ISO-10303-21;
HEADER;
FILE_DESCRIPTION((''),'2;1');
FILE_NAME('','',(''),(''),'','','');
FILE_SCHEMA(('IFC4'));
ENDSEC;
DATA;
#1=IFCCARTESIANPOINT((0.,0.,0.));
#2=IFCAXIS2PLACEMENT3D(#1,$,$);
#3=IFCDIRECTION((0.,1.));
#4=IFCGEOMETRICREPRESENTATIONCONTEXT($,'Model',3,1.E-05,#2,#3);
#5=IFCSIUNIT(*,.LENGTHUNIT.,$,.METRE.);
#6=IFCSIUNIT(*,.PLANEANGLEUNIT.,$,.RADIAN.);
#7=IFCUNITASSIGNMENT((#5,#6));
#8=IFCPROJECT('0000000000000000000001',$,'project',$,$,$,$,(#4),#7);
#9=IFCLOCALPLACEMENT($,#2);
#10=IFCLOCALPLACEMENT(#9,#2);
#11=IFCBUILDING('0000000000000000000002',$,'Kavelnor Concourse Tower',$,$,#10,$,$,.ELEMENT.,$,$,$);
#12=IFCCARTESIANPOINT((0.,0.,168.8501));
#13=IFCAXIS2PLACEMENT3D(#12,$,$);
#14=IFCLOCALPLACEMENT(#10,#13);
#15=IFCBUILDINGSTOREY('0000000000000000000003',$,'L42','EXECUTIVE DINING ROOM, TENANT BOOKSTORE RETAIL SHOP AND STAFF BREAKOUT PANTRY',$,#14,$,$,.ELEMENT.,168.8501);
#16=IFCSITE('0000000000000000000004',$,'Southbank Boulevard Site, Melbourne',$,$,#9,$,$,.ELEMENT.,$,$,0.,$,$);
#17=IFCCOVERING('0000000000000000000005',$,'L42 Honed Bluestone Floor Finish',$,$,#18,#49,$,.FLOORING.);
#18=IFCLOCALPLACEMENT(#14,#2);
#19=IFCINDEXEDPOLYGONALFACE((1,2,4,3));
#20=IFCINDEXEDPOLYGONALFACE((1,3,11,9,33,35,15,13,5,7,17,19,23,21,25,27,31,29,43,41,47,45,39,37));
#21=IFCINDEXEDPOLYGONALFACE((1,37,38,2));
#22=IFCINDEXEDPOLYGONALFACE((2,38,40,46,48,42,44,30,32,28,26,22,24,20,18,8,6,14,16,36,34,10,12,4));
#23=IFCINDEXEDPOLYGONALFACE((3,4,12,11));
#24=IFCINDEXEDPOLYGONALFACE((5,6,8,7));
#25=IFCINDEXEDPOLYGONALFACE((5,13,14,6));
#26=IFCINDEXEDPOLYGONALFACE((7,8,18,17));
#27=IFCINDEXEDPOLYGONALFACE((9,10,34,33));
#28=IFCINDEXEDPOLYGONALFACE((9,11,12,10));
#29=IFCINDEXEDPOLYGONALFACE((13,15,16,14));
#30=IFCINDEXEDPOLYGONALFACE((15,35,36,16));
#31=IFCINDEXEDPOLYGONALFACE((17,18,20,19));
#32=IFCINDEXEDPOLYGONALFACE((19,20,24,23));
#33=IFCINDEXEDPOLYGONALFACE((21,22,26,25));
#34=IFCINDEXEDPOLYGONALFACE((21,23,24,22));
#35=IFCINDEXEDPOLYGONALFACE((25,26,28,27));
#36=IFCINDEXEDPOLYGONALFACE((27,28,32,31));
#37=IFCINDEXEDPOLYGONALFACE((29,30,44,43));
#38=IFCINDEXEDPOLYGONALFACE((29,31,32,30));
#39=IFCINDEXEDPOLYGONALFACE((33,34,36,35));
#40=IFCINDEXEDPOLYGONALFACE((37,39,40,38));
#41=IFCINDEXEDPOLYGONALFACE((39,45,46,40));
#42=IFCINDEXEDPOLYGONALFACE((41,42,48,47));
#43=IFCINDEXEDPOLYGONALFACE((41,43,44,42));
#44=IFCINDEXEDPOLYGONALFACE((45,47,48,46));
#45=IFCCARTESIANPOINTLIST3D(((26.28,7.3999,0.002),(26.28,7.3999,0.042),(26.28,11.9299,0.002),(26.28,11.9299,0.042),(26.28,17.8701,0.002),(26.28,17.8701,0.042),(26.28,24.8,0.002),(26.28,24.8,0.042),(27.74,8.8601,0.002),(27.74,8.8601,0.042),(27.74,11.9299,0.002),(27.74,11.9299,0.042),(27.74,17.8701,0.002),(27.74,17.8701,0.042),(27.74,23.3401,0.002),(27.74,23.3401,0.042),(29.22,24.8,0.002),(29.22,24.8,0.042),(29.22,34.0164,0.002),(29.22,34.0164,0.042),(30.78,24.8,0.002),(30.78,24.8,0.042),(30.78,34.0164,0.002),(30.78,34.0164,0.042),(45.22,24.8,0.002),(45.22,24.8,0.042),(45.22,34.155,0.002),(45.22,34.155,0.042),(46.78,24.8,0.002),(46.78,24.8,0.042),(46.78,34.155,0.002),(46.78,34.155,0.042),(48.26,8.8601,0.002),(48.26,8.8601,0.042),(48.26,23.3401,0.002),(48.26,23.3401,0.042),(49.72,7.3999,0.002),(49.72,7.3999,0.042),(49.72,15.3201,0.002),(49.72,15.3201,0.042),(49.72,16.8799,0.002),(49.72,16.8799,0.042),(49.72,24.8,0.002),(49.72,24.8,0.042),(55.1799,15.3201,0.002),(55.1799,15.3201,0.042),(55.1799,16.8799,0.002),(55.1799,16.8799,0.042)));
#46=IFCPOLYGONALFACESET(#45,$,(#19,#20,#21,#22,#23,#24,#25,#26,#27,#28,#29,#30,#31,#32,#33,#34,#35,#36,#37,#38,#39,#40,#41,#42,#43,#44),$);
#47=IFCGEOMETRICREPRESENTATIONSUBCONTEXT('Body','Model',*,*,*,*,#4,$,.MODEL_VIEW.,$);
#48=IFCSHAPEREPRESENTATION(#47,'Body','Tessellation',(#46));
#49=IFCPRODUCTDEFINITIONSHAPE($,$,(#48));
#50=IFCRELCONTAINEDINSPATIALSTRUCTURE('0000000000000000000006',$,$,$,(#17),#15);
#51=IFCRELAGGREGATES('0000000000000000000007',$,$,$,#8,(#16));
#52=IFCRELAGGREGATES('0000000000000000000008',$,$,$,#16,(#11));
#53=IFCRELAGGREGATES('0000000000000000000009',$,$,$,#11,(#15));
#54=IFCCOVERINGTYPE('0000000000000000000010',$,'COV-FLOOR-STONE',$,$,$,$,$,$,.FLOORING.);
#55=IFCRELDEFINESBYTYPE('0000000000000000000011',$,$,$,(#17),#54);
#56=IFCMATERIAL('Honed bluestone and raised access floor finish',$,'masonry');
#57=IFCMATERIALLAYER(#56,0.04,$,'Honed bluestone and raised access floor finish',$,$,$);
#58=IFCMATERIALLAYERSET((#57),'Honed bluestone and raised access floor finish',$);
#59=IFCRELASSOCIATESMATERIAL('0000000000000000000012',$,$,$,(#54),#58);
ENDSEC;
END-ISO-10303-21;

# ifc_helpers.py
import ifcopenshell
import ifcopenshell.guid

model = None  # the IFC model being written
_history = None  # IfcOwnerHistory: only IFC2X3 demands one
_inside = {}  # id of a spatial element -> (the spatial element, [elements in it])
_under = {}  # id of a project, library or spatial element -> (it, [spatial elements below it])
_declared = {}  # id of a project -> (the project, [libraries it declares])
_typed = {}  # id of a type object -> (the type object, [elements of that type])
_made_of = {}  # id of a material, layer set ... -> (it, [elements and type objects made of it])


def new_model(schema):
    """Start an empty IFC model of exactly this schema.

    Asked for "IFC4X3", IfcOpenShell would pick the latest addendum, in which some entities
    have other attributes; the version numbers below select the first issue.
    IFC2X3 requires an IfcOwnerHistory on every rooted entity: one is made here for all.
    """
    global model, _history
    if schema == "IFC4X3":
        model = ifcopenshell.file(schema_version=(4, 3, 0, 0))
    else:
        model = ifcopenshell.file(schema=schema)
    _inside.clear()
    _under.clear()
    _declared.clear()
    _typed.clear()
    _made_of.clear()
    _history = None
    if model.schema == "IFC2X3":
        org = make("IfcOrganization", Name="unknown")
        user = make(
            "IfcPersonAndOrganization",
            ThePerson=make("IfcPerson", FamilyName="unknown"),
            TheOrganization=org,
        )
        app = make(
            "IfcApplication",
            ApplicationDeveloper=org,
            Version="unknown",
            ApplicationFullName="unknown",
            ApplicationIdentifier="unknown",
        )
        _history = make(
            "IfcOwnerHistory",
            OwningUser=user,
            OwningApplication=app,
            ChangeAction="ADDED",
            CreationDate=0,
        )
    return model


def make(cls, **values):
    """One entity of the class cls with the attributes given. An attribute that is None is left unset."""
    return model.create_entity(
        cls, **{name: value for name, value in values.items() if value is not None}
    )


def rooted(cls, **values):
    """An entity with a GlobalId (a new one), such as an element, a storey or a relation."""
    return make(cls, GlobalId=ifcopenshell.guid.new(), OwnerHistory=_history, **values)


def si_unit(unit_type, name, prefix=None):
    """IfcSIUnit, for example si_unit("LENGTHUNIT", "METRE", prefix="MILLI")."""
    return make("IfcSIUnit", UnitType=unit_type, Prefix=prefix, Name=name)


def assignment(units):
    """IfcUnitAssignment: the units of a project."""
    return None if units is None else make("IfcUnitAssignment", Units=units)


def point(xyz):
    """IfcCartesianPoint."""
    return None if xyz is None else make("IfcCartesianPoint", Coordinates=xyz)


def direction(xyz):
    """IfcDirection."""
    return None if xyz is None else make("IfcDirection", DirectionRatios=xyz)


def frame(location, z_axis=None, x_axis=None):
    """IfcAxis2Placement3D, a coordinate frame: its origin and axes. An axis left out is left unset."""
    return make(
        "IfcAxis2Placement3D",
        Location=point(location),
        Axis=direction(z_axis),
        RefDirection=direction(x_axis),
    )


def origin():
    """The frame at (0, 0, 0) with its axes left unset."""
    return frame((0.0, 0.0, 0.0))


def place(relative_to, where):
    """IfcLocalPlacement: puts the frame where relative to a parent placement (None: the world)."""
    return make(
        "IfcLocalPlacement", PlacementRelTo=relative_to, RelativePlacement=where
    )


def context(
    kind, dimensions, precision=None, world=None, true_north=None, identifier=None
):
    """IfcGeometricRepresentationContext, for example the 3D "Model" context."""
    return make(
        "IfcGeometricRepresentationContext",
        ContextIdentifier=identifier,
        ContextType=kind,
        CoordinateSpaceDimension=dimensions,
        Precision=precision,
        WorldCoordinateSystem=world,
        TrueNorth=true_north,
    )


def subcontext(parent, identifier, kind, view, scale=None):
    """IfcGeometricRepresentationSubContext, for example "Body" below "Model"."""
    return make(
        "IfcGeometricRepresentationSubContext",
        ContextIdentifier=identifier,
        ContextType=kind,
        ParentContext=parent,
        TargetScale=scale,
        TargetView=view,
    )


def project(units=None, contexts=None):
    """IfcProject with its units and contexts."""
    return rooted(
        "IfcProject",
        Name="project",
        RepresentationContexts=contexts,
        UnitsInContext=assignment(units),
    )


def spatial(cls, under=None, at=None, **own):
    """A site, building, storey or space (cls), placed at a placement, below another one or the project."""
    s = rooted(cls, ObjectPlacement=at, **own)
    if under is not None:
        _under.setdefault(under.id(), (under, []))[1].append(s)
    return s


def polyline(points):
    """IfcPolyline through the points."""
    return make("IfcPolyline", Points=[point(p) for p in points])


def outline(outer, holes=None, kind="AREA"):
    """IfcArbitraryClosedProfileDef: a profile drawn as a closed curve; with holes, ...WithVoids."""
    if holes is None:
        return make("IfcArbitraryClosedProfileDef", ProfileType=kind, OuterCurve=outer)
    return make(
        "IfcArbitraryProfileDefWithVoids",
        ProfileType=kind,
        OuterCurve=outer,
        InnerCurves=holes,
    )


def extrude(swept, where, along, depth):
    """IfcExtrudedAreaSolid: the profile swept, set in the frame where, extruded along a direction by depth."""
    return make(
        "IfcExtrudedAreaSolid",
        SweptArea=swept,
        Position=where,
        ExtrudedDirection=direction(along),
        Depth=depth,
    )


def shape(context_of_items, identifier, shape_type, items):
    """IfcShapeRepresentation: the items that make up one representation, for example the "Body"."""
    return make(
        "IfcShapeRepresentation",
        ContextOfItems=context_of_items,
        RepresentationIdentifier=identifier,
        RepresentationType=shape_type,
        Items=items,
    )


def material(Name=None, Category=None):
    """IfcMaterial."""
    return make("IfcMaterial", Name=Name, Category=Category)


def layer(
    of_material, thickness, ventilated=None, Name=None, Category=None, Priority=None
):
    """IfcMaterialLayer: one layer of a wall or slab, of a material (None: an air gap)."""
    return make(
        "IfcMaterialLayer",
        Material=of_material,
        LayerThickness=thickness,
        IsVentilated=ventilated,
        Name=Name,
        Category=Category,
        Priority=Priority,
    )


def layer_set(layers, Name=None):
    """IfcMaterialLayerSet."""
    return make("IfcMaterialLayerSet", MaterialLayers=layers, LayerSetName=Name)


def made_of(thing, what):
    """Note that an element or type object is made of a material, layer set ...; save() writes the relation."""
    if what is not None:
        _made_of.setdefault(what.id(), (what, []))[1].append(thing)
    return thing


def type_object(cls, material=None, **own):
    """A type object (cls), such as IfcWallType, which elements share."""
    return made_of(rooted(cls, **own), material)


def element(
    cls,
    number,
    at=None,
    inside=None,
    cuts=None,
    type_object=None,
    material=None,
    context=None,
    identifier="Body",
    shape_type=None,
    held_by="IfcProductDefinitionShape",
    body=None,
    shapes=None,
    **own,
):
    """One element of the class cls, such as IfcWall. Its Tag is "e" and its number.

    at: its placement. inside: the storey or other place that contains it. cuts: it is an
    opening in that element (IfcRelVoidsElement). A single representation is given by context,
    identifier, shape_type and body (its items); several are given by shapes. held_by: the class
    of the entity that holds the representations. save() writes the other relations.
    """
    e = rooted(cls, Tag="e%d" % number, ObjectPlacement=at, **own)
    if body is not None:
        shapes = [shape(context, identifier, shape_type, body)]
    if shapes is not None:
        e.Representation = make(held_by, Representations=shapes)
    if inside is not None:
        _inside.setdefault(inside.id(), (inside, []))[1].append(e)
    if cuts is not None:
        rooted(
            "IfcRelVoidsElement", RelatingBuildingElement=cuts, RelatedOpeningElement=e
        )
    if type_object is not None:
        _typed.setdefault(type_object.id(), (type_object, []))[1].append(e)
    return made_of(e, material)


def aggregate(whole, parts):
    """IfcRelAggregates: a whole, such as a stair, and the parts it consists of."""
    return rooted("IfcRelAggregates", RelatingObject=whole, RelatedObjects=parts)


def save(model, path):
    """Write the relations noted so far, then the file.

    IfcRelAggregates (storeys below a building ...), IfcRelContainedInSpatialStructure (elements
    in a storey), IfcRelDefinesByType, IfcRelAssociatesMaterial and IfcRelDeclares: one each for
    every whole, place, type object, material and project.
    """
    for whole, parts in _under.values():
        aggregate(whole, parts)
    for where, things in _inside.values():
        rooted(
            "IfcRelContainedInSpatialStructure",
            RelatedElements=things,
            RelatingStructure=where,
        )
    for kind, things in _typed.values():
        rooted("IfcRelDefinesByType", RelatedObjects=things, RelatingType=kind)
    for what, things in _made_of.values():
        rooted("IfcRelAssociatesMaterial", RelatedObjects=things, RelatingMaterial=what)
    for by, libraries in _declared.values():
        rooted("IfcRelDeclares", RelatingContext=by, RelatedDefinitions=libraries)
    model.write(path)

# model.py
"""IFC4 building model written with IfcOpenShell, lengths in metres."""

from ifc_helpers import new_model, si_unit, direction, frame, origin, place, context, subcontext, project, spatial, polyline, outline, extrude, material, layer, layer_set, type_object, element, save


model = new_model("IFC4")

# Units and contexts
model_context = context("Model", 3, precision=1e-05, world=origin(), true_north=direction((0.0, 1.0)))
body_context = subcontext(model_context, "Body", "Model", "MODEL_VIEW")
ifc_project = project(units=[si_unit("LENGTHUNIT", "METRE"), si_unit("PLANEANGLEUNIT", "RADIAN")], contexts=[model_context])

# Site, building, storey
site_placement = place(None, origin())
site = spatial("IfcSite", under=ifc_project, at=site_placement, Name="Southbank Boulevard Site, Melbourne", CompositionType="ELEMENT", RefElevation=0.0)
building_placement = place(site_placement, origin())
building = spatial("IfcBuilding", under=site, at=building_placement, Name="Kavelnor Concourse Tower", CompositionType="ELEMENT")
storey_placement = place(building_placement, frame((0.0, 0.0, 168.8501)))
storey = spatial("IfcBuildingStorey", under=building, at=storey_placement, Name="L42", Description="EXECUTIVE DINING ROOM, TENANT BOOKSTORE RETAIL SHOP AND STAFF BREAKOUT PANTRY", CompositionType="ELEMENT", Elevation=168.8501)

# Covering
ifc_material_1 = material(Name="Honed bluestone and raised access floor finish", Category="masonry")
ifc_layer_1 = layer(ifc_material_1, 0.04, Name="Honed bluestone and raised access floor finish")
ifc_layer_set_1 = layer_set([ifc_layer_1], Name="Honed bluestone and raised access floor finish")
covering_type = type_object("IfcCoveringType", Name="COV-FLOOR-STONE", PredefinedType="FLOORING", material=ifc_layer_set_1)
covering_placement = place(storey_placement, frame((0.0, 0.0, 0.002)))
element("IfcCovering", 1, at=covering_placement, inside=storey, type_object=covering_type, Name="L42 Honed Bluestone Floor Finish", PredefinedType="FLOORING", context=body_context, shape_type="SweptSolid", body=[
    extrude(outline(polyline([(29.22, 24.8), (29.22, 34.0164), (30.78, 34.0164), (30.78, 24.8), (45.22, 24.8), (45.22, 34.155), (46.78, 34.155), (46.78, 24.8), (49.72, 24.8), (49.72, 16.8799), (55.1799, 16.8799), (55.1799, 15.3201), (49.72, 15.3201), (49.72, 7.3999), (26.28, 7.3999), (26.28, 11.9299), (27.74, 11.9299), (27.74, 8.8601), (48.26, 8.8601), (48.26, 23.3401), (27.74, 23.3401), (27.74, 17.8701), (26.28, 17.8701), (26.28, 24.8), (29.22, 24.8)])), origin(), (0.0, 0.0, 1.0), 0.04),
])

save(model, "model.ifc")
